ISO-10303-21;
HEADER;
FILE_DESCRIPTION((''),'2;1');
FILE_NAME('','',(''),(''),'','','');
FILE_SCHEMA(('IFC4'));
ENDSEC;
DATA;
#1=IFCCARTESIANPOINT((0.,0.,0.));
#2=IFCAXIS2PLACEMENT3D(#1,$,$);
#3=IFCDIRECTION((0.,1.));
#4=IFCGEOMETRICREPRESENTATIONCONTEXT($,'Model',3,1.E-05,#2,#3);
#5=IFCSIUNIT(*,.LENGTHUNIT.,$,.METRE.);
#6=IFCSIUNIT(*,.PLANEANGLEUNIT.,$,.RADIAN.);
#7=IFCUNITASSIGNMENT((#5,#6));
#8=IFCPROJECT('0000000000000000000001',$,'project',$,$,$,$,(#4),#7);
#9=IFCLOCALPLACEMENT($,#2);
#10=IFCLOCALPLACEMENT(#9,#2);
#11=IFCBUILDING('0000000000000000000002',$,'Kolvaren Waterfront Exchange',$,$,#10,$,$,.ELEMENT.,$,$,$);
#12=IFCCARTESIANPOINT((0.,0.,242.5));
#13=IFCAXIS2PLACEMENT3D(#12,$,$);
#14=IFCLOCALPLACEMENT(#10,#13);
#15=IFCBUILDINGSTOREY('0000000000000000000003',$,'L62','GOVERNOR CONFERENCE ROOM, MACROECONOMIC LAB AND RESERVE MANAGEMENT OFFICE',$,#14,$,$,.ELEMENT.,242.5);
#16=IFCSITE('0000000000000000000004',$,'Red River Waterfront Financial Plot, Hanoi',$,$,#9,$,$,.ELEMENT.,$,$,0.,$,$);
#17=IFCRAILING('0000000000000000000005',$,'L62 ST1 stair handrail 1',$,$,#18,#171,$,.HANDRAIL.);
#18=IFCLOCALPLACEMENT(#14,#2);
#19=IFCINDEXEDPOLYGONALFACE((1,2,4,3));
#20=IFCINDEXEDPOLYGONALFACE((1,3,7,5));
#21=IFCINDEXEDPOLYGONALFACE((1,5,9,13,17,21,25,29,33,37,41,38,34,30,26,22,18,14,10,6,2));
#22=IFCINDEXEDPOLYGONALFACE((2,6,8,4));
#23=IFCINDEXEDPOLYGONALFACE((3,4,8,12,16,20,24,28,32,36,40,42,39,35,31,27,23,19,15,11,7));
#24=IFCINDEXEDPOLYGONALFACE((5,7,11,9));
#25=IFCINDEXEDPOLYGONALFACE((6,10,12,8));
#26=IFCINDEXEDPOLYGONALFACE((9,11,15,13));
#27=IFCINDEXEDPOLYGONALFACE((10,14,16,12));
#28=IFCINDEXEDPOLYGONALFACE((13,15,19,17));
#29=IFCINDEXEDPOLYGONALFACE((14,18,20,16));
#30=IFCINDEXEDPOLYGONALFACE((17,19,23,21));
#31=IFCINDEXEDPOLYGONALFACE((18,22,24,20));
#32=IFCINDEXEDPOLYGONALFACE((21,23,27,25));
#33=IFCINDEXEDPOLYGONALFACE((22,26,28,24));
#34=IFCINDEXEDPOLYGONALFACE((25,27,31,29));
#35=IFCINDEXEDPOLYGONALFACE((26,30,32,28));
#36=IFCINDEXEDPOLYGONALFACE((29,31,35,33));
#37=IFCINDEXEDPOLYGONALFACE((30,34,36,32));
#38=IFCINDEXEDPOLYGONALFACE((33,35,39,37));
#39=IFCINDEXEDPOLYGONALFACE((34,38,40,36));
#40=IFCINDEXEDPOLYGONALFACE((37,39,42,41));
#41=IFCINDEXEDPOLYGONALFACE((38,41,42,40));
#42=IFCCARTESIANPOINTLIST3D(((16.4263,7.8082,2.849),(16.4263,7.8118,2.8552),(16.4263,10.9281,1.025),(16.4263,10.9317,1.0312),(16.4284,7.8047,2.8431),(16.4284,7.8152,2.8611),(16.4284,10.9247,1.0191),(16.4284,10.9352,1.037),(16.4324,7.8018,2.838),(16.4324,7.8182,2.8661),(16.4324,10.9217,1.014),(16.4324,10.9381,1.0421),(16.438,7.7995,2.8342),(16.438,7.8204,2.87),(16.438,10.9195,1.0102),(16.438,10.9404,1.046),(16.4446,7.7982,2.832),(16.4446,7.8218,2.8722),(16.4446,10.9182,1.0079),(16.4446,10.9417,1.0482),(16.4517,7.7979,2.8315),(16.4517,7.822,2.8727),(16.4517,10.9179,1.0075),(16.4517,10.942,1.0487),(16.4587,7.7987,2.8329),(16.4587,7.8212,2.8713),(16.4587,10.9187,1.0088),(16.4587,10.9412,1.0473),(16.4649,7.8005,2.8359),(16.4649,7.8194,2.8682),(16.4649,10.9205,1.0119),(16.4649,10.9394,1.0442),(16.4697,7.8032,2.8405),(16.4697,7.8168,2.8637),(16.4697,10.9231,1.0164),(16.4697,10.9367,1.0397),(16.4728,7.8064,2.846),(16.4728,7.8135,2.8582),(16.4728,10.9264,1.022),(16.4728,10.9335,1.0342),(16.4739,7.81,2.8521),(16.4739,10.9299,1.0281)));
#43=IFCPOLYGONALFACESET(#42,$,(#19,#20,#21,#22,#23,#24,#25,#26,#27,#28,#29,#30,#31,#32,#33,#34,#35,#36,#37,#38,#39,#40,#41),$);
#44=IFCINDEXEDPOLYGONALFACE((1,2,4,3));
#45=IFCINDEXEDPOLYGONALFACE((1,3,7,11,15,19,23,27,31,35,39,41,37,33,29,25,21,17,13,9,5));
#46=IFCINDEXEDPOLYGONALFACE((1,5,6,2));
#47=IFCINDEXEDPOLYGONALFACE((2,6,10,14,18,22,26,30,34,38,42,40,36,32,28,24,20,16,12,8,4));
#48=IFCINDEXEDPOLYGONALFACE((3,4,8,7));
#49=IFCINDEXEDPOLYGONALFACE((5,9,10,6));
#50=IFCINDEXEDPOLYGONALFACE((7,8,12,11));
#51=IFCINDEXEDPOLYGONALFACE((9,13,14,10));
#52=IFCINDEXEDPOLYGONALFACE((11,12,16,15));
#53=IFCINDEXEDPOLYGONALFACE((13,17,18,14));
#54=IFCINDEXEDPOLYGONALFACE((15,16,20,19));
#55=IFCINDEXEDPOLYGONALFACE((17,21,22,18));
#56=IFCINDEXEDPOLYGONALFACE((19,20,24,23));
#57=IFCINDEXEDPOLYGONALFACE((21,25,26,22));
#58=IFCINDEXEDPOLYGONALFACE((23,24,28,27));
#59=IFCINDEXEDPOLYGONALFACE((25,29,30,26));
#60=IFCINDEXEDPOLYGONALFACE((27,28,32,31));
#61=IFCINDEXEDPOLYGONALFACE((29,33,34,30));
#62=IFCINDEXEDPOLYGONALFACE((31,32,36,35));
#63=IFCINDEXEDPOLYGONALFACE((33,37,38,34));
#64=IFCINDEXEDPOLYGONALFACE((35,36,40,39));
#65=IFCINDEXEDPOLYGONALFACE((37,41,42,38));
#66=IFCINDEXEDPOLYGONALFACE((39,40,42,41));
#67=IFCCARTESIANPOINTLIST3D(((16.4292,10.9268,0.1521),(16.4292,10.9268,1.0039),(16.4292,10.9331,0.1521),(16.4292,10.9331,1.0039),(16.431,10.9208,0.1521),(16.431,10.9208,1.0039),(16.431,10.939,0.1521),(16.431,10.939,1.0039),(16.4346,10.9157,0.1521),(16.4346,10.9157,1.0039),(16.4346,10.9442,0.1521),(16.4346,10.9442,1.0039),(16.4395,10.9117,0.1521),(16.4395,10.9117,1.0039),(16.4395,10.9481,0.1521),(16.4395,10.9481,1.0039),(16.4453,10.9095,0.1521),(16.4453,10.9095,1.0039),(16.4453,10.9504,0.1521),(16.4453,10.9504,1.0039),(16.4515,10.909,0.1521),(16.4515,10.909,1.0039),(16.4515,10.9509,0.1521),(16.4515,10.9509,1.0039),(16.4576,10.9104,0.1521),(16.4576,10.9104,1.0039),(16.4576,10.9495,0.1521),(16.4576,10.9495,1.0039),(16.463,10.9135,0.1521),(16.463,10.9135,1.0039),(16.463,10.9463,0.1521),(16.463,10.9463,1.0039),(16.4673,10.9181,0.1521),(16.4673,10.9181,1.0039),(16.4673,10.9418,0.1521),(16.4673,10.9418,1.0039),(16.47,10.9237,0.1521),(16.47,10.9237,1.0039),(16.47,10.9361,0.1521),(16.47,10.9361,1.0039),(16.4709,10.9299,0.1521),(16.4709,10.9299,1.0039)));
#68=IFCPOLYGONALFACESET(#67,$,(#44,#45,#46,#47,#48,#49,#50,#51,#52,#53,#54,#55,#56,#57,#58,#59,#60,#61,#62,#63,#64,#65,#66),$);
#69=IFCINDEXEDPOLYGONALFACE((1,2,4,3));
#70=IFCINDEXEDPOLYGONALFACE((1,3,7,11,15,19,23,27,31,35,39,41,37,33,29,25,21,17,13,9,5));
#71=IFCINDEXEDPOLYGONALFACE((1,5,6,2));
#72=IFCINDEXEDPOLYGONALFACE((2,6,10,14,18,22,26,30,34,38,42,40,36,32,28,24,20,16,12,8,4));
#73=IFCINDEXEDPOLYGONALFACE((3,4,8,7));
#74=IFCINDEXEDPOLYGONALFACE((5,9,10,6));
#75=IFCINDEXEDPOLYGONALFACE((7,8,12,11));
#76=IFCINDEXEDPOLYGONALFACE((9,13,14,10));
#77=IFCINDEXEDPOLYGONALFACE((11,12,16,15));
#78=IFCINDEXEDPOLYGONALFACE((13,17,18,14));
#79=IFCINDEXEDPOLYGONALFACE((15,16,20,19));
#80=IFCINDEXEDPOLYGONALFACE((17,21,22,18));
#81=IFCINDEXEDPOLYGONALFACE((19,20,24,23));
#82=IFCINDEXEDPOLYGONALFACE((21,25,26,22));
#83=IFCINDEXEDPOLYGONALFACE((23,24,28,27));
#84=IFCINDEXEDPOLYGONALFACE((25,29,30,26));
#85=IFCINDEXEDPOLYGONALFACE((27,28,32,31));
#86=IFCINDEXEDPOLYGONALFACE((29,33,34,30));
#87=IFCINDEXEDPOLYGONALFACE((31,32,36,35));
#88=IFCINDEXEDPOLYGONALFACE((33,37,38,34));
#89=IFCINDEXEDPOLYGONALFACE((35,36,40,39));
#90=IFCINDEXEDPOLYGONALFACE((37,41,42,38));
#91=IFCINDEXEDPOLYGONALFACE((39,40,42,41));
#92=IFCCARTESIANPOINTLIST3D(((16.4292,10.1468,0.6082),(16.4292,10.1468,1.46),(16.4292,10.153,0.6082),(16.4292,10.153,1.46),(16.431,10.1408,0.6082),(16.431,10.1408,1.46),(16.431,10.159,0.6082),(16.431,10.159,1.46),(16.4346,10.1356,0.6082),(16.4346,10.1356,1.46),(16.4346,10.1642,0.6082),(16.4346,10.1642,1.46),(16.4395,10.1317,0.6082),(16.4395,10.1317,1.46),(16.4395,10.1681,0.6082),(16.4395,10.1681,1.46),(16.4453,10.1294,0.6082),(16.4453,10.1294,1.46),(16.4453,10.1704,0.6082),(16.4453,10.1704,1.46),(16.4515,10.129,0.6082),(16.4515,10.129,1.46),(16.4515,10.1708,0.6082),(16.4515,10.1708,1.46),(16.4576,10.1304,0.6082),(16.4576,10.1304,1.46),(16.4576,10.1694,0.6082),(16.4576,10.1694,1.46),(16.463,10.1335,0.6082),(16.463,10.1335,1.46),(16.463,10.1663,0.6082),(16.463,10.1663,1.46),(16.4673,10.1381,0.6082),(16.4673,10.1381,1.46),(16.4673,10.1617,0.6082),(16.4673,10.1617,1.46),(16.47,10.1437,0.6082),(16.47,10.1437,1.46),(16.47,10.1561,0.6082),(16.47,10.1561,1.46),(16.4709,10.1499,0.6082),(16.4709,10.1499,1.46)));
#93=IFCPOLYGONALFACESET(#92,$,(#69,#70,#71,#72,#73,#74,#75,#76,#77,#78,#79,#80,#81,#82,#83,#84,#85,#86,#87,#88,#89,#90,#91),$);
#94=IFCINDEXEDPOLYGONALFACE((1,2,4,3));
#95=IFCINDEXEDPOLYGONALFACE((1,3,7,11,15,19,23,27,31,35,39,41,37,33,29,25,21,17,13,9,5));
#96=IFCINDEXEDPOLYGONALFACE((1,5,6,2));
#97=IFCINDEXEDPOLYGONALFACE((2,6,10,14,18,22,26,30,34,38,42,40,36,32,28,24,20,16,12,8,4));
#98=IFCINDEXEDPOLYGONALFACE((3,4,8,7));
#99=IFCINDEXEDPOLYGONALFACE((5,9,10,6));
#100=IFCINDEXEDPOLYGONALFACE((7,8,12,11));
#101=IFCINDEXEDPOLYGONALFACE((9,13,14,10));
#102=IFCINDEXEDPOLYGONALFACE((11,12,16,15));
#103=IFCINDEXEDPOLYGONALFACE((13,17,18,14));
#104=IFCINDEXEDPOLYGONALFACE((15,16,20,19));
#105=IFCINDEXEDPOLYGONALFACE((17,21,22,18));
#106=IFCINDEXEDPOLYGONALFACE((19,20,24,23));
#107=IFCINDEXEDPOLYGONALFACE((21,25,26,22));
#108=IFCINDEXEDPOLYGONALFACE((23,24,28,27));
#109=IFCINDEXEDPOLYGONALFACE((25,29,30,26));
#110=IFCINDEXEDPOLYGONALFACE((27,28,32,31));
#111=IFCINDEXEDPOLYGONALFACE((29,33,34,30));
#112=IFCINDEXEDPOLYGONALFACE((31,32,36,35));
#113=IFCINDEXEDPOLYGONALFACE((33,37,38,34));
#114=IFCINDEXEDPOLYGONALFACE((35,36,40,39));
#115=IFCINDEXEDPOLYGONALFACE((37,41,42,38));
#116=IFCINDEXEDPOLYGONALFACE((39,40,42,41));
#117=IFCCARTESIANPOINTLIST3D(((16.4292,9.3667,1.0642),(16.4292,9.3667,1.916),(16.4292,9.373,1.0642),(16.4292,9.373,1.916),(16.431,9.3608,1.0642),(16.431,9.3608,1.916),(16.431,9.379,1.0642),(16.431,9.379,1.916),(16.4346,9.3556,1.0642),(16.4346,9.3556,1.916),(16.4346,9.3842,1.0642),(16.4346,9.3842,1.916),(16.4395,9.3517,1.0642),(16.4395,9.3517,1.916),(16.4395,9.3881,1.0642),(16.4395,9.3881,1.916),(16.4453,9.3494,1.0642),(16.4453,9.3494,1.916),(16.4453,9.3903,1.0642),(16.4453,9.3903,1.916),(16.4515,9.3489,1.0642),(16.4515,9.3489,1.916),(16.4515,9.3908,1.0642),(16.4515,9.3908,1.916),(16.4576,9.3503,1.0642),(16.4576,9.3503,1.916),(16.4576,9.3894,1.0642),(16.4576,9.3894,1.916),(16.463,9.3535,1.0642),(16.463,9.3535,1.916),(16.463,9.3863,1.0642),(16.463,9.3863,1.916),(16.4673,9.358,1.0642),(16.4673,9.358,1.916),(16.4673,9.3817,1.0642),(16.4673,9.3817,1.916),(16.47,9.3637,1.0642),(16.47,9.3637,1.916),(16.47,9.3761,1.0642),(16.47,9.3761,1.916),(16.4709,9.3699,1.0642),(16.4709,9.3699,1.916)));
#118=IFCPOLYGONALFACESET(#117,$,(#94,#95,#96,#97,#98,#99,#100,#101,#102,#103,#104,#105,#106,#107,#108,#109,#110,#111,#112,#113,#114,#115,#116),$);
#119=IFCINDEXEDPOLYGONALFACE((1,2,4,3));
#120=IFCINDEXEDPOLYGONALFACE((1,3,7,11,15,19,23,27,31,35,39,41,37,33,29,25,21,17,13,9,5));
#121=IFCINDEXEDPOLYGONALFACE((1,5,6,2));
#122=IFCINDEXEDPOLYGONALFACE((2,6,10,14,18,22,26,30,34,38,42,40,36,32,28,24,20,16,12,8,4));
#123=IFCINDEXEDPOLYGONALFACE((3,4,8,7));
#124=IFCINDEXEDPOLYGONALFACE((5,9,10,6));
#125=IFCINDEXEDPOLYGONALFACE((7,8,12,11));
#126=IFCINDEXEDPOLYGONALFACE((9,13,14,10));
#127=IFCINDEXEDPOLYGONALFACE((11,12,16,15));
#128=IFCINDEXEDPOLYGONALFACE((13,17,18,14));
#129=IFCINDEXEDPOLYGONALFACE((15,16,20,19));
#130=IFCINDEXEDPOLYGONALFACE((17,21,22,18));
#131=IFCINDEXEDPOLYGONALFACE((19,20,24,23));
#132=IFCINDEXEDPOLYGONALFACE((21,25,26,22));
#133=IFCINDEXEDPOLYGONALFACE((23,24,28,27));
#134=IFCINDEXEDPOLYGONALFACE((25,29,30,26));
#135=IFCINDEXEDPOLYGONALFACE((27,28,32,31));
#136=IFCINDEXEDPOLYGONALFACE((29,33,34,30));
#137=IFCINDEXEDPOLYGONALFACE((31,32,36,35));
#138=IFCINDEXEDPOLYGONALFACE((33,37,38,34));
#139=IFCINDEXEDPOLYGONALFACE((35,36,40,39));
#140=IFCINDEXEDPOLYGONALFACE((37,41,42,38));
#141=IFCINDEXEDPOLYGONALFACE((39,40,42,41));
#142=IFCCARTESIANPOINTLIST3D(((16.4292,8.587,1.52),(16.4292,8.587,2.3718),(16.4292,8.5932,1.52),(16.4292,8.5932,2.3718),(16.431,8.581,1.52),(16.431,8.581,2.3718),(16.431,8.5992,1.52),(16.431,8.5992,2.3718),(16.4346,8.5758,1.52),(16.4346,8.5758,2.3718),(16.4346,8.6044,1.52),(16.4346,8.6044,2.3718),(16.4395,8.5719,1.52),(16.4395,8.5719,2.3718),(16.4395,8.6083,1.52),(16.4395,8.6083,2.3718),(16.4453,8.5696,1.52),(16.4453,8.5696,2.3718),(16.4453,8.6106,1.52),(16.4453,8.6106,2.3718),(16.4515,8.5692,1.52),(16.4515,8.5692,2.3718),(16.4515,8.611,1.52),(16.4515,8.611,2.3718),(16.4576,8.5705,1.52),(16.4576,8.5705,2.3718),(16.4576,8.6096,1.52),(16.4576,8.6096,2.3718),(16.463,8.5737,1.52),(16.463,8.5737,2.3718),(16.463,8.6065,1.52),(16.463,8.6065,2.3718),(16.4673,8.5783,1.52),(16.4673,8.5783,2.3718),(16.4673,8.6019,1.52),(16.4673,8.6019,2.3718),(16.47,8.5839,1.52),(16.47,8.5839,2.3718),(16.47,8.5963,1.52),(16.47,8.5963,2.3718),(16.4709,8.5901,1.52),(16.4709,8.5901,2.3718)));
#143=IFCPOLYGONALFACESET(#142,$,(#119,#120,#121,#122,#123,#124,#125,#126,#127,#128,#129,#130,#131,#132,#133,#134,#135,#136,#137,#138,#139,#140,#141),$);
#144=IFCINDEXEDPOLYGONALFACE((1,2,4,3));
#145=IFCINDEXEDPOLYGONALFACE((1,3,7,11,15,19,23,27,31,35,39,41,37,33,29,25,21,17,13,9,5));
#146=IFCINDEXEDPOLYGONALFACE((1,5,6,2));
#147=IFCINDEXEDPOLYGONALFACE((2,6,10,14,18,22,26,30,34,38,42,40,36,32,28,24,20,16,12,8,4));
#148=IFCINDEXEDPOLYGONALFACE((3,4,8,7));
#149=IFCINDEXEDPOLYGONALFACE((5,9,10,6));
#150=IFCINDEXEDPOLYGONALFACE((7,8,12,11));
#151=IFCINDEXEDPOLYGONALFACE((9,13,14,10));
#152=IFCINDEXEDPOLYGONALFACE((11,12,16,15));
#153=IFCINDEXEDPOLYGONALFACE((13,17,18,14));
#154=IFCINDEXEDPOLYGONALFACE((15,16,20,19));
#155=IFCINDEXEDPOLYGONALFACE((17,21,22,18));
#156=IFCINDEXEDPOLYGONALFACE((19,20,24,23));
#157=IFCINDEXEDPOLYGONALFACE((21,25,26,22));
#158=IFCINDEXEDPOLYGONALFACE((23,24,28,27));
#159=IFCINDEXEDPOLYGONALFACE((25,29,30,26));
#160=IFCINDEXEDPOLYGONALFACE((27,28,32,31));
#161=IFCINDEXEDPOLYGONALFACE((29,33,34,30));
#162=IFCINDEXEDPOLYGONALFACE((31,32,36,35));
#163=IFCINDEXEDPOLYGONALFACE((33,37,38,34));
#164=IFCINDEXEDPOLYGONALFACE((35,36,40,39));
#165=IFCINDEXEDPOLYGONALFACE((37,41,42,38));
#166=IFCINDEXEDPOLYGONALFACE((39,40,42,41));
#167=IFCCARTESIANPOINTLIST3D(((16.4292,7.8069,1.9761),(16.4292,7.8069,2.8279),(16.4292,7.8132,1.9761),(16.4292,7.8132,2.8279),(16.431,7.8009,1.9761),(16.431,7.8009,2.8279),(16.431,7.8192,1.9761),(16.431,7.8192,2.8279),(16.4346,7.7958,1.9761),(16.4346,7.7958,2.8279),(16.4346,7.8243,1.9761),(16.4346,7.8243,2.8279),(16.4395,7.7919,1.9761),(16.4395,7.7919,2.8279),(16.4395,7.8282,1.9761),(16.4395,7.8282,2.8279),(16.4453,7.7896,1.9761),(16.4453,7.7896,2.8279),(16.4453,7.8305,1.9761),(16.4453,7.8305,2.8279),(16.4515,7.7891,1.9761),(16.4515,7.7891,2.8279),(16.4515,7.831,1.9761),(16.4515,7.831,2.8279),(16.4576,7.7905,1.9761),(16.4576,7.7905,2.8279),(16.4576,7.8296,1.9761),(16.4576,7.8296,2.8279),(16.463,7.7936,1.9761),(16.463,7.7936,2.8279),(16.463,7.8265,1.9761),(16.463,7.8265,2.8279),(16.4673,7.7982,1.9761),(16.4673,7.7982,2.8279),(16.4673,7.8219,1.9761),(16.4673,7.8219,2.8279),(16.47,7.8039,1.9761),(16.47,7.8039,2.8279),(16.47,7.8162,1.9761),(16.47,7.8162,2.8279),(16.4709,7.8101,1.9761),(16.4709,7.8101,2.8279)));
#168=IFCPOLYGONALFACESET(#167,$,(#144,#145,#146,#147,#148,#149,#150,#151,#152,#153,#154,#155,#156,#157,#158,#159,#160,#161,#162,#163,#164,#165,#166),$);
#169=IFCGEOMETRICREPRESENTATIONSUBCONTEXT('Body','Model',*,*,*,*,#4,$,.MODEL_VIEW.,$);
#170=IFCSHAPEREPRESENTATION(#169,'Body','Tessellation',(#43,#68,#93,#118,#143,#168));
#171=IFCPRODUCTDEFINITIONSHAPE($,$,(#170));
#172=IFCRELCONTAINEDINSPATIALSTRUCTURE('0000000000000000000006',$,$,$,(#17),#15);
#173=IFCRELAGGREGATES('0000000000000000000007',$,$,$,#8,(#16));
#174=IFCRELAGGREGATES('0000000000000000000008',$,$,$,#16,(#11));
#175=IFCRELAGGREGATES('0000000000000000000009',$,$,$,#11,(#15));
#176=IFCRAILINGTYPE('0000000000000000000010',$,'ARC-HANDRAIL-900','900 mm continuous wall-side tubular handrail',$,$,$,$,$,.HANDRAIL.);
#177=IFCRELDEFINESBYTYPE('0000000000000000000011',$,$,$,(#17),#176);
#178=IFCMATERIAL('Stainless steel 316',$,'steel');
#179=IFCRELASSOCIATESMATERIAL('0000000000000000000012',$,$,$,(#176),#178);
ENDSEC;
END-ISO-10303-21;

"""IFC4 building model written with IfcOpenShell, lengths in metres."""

from ifc_helpers import new_model, si_unit, direction, frame, origin, origin_2d, place, context, subcontext, project, spatial, circle, extrude, material, type_object, element, save


model = new_model("IFC4")

# Units and contexts
model_context = context("Model", 3, precision=1e-05, world=origin(), true_north=direction((0.0, 1.0)))
body_context = subcontext(model_context, "Body", "Model", "MODEL_VIEW")
ifc_project = project(units=[si_unit("LENGTHUNIT", "METRE"), si_unit("PLANEANGLEUNIT", "RADIAN")], contexts=[model_context])

# Site, building, storey
site_placement = place(None, origin())
site = spatial("IfcSite", under=ifc_project, at=site_placement, Name="Red River Waterfront Financial Plot, Hanoi", CompositionType="ELEMENT", RefElevation=0.0)
building_placement = place(site_placement, origin())
building = spatial("IfcBuilding", under=site, at=building_placement, Name="Kolvaren Waterfront Exchange", CompositionType="ELEMENT")
storey_placement = place(building_placement, frame((0.0, 0.0, 242.5)))
storey = spatial("IfcBuildingStorey", under=building, at=storey_placement, Name="L62", Description="GOVERNOR CONFERENCE ROOM, MACROECONOMIC LAB AND RESERVE MANAGEMENT OFFICE", CompositionType="ELEMENT", Elevation=242.5)

# Railing
ifc_material_1 = material(Name="Stainless steel 316", Category="steel")
railing_type_1 = type_object("IfcRailingType", Name="ARC-HANDRAIL-900", Description="900 mm continuous wall-side tubular handrail", PredefinedType="HANDRAIL", material=ifc_material_1)
railing_1_placement = place(storey_placement, frame((16.45, 10.9299, 0.1521)))
element("IfcRailing", 1, at=railing_1_placement, inside=storey, type_object=railing_type_1, Name="L62 ST1 stair handrail 1", PredefinedType="HANDRAIL", context=body_context, shape_type="SweptSolid", body=[
    extrude(circle(Radius=0.0239, at=origin_2d()), frame((0.0, 0.0, 0.876), z_axis=(0.0, -0.863291, 0.504707), x_axis=(1.0, 0.0, 0.0)), (0.0, 0.0, 1.0), 3.614),
    extrude(circle(Radius=0.021, at=origin_2d()), origin(), (0.0, 0.0, 1.0), 0.8518),
    extrude(circle(Radius=0.021, at=origin_2d()), frame((0.0, -0.78, 0.4561)), (0.0, 0.0, 1.0), 0.8518),
    extrude(circle(Radius=0.021, at=origin_2d()), frame((0.0, -1.5601, 0.9121)), (0.0, 0.0, 1.0), 0.8518),
    extrude(circle(Radius=0.021, at=origin_2d()), frame((0.0, -2.3398, 1.3679)), (0.0, 0.0, 1.0), 0.8518),
    extrude(circle(Radius=0.021, at=origin_2d()), frame((0.0, -3.1199, 1.824)), (0.0, 0.0, 1.0), 0.8518),
])

save(model, "model.ifc")
